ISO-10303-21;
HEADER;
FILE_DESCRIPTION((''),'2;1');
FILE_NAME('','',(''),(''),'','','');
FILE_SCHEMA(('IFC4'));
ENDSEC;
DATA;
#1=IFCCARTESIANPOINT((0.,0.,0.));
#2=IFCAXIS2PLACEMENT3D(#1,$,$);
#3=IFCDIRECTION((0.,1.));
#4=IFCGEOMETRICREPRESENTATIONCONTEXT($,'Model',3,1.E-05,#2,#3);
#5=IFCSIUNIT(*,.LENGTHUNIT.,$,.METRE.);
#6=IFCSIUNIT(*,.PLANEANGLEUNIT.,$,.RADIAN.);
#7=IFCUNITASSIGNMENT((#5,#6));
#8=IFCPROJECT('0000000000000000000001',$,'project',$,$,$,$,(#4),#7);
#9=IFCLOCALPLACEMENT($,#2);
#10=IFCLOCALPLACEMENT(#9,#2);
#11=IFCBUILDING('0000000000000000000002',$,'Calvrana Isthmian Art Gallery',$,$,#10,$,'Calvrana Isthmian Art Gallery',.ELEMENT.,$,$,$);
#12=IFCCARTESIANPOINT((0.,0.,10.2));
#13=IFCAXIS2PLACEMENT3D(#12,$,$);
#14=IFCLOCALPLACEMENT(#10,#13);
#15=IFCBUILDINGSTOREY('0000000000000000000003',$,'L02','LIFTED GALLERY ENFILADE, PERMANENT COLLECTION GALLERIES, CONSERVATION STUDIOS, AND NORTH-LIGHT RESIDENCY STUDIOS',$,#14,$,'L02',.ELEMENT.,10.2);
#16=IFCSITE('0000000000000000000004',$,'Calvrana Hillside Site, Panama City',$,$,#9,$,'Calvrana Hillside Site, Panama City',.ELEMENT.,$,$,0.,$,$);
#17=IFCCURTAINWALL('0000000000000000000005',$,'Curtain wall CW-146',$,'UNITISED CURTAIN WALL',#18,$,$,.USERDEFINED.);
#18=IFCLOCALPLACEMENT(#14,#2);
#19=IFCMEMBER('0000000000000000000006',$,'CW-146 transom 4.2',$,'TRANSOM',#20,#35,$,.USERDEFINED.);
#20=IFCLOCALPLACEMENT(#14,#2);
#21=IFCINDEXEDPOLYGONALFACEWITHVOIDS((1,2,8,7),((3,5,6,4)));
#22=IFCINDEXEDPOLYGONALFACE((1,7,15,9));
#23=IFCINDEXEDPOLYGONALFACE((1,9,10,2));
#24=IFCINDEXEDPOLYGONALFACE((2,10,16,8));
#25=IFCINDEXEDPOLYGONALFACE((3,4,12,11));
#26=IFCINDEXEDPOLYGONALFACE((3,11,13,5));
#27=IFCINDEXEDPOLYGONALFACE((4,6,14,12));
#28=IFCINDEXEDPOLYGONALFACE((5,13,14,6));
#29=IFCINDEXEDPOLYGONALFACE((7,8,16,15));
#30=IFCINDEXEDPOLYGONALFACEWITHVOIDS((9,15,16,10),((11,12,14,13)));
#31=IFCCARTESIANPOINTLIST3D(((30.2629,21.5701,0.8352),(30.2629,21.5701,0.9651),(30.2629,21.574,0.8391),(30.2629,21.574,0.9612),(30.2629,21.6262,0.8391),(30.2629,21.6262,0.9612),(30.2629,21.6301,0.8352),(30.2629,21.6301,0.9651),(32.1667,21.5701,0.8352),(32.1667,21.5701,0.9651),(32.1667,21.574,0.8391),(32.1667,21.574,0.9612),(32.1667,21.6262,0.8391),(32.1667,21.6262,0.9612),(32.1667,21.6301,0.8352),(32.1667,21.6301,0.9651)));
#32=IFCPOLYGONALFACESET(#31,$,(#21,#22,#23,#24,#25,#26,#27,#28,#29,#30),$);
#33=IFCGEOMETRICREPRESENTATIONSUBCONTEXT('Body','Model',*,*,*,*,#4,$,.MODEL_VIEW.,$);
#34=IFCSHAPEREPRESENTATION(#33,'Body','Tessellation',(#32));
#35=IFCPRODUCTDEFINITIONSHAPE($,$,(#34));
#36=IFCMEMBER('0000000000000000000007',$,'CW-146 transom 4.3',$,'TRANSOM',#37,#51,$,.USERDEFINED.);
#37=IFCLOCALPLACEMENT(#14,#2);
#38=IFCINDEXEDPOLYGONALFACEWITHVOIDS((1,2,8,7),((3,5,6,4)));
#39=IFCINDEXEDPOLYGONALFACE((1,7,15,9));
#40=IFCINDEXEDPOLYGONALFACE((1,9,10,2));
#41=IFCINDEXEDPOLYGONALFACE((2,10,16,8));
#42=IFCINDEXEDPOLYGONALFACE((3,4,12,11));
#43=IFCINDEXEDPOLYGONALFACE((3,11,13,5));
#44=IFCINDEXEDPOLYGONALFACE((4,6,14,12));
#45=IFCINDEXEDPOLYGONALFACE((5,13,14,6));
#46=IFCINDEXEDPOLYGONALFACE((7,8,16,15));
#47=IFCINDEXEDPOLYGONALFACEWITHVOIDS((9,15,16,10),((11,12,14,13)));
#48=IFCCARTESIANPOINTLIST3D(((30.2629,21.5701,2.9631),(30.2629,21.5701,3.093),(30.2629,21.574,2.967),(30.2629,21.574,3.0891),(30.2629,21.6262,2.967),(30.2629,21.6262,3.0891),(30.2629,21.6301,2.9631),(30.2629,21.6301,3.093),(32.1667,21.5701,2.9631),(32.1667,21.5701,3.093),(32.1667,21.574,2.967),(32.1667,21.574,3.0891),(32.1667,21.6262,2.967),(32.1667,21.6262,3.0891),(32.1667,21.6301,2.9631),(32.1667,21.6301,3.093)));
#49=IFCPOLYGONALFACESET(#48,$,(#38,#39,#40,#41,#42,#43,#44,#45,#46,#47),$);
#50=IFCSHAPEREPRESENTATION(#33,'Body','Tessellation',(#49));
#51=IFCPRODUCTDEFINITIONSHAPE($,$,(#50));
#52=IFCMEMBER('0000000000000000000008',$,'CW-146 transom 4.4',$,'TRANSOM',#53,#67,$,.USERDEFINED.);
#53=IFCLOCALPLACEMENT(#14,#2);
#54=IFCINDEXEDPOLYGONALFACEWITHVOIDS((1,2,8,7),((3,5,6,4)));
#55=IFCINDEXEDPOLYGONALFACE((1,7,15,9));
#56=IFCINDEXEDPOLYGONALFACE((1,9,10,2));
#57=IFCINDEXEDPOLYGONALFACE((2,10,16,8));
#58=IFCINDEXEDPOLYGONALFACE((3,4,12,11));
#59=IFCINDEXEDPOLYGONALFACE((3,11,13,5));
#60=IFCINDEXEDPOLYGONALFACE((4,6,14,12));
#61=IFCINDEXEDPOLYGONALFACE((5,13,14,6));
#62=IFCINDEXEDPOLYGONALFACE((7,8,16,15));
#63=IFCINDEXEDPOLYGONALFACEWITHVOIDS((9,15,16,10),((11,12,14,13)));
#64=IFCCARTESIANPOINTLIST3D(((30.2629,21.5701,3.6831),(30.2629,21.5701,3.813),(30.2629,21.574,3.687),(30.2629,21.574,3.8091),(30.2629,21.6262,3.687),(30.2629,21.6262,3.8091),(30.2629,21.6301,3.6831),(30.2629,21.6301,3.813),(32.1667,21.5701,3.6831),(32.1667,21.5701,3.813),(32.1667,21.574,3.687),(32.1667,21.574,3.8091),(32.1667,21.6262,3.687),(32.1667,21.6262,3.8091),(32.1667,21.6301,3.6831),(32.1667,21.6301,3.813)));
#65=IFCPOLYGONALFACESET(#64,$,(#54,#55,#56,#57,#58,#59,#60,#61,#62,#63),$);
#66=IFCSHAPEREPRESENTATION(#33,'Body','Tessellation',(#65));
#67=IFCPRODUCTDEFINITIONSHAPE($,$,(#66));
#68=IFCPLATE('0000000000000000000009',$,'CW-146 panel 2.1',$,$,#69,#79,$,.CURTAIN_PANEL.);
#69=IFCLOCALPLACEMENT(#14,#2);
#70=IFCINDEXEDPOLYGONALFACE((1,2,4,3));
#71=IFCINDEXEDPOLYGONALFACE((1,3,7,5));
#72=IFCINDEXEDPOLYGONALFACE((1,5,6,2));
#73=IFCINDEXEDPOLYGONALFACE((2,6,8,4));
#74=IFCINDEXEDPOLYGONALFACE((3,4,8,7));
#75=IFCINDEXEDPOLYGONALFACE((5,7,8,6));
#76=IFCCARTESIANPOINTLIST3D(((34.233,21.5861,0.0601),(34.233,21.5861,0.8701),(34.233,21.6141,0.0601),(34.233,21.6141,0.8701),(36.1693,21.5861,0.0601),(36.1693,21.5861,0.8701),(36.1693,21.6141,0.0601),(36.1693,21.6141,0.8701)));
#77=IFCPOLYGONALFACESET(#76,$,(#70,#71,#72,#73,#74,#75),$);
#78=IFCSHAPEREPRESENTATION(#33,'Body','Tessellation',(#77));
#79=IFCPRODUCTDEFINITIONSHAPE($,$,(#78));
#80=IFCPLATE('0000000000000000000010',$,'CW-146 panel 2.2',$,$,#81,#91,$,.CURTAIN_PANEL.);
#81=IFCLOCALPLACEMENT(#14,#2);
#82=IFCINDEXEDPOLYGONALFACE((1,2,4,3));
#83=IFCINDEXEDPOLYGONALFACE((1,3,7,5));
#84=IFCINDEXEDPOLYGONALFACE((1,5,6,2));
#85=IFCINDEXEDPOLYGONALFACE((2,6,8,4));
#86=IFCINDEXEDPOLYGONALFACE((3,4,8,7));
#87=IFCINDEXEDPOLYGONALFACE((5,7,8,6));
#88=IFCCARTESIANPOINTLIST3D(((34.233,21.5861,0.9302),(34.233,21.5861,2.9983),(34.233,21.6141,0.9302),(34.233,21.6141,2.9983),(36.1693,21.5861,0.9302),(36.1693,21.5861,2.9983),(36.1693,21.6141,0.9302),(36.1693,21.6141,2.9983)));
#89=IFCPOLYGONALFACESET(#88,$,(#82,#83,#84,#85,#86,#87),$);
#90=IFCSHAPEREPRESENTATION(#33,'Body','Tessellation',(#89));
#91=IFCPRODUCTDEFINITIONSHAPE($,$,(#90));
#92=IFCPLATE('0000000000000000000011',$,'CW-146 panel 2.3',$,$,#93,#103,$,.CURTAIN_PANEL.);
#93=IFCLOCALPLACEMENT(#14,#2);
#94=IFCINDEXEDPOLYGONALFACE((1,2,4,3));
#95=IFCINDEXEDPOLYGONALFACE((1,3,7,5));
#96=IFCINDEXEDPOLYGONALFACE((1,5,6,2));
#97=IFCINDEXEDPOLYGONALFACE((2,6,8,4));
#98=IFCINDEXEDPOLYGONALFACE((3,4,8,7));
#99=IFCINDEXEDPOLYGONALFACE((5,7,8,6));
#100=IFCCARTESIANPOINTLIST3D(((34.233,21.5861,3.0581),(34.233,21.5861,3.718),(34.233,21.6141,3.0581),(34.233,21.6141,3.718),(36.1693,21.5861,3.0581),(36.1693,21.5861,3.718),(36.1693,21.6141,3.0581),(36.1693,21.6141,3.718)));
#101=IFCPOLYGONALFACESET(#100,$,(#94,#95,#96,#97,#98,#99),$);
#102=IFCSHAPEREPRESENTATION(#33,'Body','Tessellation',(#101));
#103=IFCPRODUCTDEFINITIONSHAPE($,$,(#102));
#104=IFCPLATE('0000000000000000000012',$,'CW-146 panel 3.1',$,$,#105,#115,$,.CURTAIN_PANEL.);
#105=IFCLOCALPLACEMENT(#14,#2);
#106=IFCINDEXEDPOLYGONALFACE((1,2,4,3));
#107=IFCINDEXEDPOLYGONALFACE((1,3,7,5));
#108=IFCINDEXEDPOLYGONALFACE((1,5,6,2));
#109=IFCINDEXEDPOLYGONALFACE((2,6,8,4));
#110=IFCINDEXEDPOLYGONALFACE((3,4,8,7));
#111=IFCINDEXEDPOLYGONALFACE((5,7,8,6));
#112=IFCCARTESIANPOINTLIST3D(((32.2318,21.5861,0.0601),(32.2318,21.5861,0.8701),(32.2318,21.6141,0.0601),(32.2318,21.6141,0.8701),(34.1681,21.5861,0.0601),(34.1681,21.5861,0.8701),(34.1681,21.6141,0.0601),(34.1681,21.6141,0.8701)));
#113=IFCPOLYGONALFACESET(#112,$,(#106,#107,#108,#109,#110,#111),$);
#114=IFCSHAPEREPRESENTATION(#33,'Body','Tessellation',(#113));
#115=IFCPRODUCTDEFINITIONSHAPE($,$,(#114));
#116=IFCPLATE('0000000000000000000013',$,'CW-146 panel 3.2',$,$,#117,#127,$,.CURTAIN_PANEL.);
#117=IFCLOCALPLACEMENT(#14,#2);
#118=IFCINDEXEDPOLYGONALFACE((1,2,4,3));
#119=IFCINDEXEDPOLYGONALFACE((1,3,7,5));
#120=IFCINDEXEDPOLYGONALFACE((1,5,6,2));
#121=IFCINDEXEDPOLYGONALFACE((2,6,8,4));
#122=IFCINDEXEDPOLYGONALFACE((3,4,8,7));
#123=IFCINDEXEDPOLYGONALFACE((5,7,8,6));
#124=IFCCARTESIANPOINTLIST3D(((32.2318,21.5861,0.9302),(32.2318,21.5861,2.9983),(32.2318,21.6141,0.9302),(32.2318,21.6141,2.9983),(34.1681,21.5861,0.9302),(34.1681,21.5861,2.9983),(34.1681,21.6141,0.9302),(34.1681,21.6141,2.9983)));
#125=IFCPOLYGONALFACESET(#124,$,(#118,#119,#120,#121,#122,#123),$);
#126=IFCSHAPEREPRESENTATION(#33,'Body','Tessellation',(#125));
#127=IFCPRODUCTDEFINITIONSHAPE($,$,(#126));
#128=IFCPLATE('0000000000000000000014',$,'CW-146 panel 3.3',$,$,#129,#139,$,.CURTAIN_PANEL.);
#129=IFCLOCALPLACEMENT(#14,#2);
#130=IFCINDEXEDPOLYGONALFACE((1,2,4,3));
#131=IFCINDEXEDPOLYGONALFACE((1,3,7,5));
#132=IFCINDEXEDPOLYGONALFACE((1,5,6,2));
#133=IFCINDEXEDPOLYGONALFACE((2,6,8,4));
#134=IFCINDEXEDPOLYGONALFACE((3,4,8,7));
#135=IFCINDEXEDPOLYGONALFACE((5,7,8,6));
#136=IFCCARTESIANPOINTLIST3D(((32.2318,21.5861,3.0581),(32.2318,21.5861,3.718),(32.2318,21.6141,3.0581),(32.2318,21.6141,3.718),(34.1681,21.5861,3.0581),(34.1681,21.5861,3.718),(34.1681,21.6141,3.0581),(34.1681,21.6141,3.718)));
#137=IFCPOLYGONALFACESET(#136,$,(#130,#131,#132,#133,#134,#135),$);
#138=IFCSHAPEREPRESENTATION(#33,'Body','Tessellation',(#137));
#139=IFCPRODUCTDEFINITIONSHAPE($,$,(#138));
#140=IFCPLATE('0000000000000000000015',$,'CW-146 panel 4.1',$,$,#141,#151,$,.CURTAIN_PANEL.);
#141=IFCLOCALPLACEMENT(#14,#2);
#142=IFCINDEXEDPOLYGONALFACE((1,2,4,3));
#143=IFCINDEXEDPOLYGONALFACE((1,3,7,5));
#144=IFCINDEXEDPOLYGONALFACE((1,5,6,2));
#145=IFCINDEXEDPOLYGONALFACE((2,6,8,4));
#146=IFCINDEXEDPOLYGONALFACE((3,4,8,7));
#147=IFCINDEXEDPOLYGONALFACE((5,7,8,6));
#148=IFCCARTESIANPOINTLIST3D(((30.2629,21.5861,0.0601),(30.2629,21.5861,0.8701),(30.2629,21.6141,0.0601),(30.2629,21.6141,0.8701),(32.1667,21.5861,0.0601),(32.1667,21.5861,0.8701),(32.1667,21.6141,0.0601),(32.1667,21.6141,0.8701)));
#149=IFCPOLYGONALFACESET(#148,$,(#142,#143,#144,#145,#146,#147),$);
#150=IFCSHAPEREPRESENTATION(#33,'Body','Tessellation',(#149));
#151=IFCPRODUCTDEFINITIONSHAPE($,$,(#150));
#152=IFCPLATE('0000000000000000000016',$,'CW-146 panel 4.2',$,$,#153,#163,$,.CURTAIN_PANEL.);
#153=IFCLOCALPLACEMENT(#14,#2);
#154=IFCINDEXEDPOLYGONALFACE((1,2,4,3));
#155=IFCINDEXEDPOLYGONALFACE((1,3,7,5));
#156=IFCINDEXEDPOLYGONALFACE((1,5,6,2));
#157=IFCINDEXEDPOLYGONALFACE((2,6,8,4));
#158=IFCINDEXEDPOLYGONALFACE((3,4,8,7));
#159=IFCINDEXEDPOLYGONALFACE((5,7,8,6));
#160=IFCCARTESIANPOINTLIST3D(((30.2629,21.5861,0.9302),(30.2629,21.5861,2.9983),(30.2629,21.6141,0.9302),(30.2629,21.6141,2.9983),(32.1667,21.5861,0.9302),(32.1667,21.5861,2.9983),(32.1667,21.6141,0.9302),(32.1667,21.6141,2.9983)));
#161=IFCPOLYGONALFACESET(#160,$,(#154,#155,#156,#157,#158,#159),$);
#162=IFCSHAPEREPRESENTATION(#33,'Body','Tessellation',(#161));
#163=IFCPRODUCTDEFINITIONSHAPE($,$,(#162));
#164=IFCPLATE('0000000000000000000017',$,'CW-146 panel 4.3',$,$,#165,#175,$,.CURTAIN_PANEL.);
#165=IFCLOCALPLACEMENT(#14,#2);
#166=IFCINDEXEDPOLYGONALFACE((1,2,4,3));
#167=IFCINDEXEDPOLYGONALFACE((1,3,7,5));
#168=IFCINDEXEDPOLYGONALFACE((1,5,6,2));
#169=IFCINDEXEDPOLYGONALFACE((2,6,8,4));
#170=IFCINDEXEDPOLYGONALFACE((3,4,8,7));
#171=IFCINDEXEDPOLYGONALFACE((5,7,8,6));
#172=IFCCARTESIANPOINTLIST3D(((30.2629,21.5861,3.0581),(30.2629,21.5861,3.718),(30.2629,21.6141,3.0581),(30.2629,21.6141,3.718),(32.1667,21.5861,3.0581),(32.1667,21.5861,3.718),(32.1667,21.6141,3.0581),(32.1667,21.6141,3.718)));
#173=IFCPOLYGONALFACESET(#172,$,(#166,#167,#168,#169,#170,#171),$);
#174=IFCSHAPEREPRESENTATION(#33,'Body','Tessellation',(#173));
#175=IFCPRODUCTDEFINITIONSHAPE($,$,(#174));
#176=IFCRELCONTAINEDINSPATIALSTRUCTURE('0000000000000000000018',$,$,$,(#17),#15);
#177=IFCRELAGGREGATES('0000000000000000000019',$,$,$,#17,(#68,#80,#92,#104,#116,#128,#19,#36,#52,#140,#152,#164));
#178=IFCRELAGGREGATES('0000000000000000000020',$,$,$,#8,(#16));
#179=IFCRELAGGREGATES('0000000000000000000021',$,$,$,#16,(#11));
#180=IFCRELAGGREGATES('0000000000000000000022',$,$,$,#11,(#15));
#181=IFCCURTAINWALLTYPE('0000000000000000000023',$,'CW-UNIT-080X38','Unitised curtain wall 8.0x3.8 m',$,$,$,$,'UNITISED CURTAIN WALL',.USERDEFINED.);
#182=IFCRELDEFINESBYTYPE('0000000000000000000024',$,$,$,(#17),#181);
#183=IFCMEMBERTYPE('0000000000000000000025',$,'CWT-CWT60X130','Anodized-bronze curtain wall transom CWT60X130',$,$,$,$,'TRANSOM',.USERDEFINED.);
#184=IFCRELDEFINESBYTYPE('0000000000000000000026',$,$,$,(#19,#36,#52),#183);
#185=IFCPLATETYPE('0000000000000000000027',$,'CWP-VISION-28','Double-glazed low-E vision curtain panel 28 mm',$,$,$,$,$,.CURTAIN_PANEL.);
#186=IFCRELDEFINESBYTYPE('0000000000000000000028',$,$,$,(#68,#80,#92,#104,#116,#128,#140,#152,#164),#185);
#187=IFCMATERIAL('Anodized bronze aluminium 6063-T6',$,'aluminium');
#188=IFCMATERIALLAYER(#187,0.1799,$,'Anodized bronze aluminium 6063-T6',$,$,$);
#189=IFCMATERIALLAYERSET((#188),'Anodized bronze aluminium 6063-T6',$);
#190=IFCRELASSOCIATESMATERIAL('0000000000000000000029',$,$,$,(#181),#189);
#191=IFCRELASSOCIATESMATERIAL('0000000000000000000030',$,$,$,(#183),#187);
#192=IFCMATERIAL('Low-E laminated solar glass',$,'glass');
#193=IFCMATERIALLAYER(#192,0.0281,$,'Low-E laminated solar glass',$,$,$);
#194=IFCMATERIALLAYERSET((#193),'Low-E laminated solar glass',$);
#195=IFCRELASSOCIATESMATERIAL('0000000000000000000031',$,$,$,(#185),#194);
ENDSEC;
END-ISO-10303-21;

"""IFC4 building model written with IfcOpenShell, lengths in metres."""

from ifc_helpers import new_model, si_unit, direction, frame, origin, origin_2d, place, context, subcontext, project, spatial, rectangle, hollow_rectangle, extrude, material, layer, layer_set, material_profile, profile_set, type_object, element, aggregate, save


model = new_model("IFC4")

# Units and contexts
model_context = context("Model", 3, precision=1e-05, world=origin(), true_north=direction((0.0, 1.0)))
body_context = subcontext(model_context, "Body", "Model", "MODEL_VIEW")
ifc_project = project(units=[si_unit("LENGTHUNIT", "METRE"), si_unit("PLANEANGLEUNIT", "RADIAN")], contexts=[model_context])

# Site, building, storey
site_placement = place(None, origin())
site = spatial("IfcSite", under=ifc_project, at=site_placement, Name="Calvrana Hillside Site, Panama City", LongName="Calvrana Hillside Site, Panama City", CompositionType="ELEMENT", RefElevation=0.0)
building_placement = place(site_placement, origin())
building = spatial("IfcBuilding", under=site, at=building_placement, Name="Calvrana Isthmian Art Gallery", LongName="Calvrana Isthmian Art Gallery", CompositionType="ELEMENT")
storey_placement = place(building_placement, frame((0.0, 0.0, 10.2)))
storey = spatial("IfcBuildingStorey", under=building, at=storey_placement, Name="L02", Description="LIFTED GALLERY ENFILADE, PERMANENT COLLECTION GALLERIES, CONSERVATION STUDIOS, AND NORTH-LIGHT RESIDENCY STUDIOS", LongName="L02", CompositionType="ELEMENT", Elevation=10.2)

# Curtain wall, members, plates
ifc_material_1 = material(Name="Anodized bronze aluminium 6063-T6", Category="aluminium")
ifc_layer_1 = layer(ifc_material_1, 0.1799, Name="Anodized bronze aluminium 6063-T6")
ifc_layer_set_1 = layer_set([ifc_layer_1], Name="Anodized bronze aluminium 6063-T6")
curtain_wall_type = type_object("IfcCurtainWallType", Name="CW-UNIT-080X38", Description="Unitised curtain wall 8.0x3.8 m", ElementType="UNITISED CURTAIN WALL", PredefinedType="USERDEFINED", material=ifc_layer_set_1)
curtain_wall_placement = place(storey_placement, origin())
curtain_wall = element("IfcCurtainWall", 1, at=curtain_wall_placement, inside=storey, type_object=curtain_wall_type, Name="Curtain wall CW-146", ObjectType="UNITISED CURTAIN WALL", PredefinedType="USERDEFINED")
ifc_material_profile_1 = material_profile(ifc_material_1, hollow_rectangle(XDim=0.0601, YDim=0.1299, WallThickness=0.0039, at=origin_2d()), Name="CWT60X130")
ifc_profile_set_1 = profile_set([ifc_material_profile_1], Name="Anodized bronze aluminium 6063-T6")
member_type_1 = type_object("IfcMemberType", Name="CWT-CWT60X130", Description="Anodized-bronze curtain wall transom CWT60X130", ElementType="TRANSOM", PredefinedType="USERDEFINED", material=ifc_profile_set_1)
member_1_placement = place(storey_placement, frame((32.1667, 21.6001, 0.9001), z_axis=(-1.0, 0.0, 0.0), x_axis=(0.0, -1.0, 0.0)))
member_1 = element("IfcMember", 2, at=member_1_placement, type_object=member_type_1, Name="CW-146 transom 4.2", ObjectType="TRANSOM", PredefinedType="USERDEFINED", context=body_context, shape_type="SweptSolid", body=[
    extrude(hollow_rectangle(XDim=0.0601, YDim=0.1299, WallThickness=0.0039, at=origin_2d()), origin(), (0.0, 0.0, 1.0), 1.9038),
])
member_2_placement = place(storey_placement, frame((32.1667, 21.6001, 3.0281), z_axis=(-1.0, 0.0, 0.0), x_axis=(0.0, -1.0, 0.0)))
member_2 = element("IfcMember", 3, at=member_2_placement, type_object=member_type_1, Name="CW-146 transom 4.3", ObjectType="TRANSOM", PredefinedType="USERDEFINED", context=body_context, shape_type="SweptSolid", body=[
    extrude(hollow_rectangle(XDim=0.0601, YDim=0.1299, WallThickness=0.0039, at=origin_2d()), origin(), (0.0, 0.0, 1.0), 1.9038),
])
member_3_placement = place(storey_placement, frame((32.1667, 21.6001, 3.748), z_axis=(-1.0, 0.0, 0.0), x_axis=(0.0, -1.0, 0.0)))
member_3 = element("IfcMember", 4, at=member_3_placement, type_object=member_type_1, Name="CW-146 transom 4.4", ObjectType="TRANSOM", PredefinedType="USERDEFINED", context=body_context, shape_type="SweptSolid", body=[
    extrude(hollow_rectangle(XDim=0.0601, YDim=0.1299, WallThickness=0.0039, at=origin_2d()), origin(), (0.0, 0.0, 1.0), 1.9038),
])
ifc_material_2 = material(Name="Low-E laminated solar glass", Category="glass")
ifc_layer_2 = layer(ifc_material_2, 0.0281, Name="Low-E laminated solar glass")
ifc_layer_set_2 = layer_set([ifc_layer_2], Name="Low-E laminated solar glass")
plate_type = type_object("IfcPlateType", Name="CWP-VISION-28", Description="Double-glazed low-E vision curtain panel 28 mm", PredefinedType="CURTAIN_PANEL", material=ifc_layer_set_2)
plate_1_placement = place(storey_placement, frame((35.2012, 21.6001, 0.0601), z_axis=(0.0, 0.0, 1.0), x_axis=(-1.0, 0.0, 0.0)))
plate_1 = element("IfcPlate", 5, at=plate_1_placement, type_object=plate_type, Name="CW-146 panel 2.1", PredefinedType="CURTAIN_PANEL", context=body_context, shape_type="SweptSolid", body=[
    extrude(rectangle(XDim=1.9363, YDim=0.0281, at=origin_2d()), origin(), (0.0, 0.0, 1.0), 0.8101),
])
plate_2_placement = place(storey_placement, frame((35.2012, 21.6001, 0.9302), z_axis=(0.0, 0.0, 1.0), x_axis=(-1.0, 0.0, 0.0)))
plate_2 = element("IfcPlate", 6, at=plate_2_placement, type_object=plate_type, Name="CW-146 panel 2.2", PredefinedType="CURTAIN_PANEL", context=body_context, shape_type="SweptSolid", body=[
    extrude(rectangle(XDim=1.9363, YDim=0.0281, at=origin_2d()), origin(), (0.0, 0.0, 1.0), 2.0681),
])
plate_3_placement = place(storey_placement, frame((35.2012, 21.6001, 3.0581), z_axis=(0.0, 0.0, 1.0), x_axis=(-1.0, 0.0, 0.0)))
plate_3 = element("IfcPlate", 7, at=plate_3_placement, type_object=plate_type, Name="CW-146 panel 2.3", PredefinedType="CURTAIN_PANEL", context=body_context, shape_type="SweptSolid", body=[
    extrude(rectangle(XDim=1.9363, YDim=0.0281, at=origin_2d()), origin(), (0.0, 0.0, 1.0), 0.6599),
])
plate_4_placement = place(storey_placement, frame((33.2, 21.6001, 0.0601), z_axis=(0.0, 0.0, 1.0), x_axis=(-1.0, 0.0, 0.0)))
plate_4 = element("IfcPlate", 8, at=plate_4_placement, type_object=plate_type, Name="CW-146 panel 3.1", PredefinedType="CURTAIN_PANEL", context=body_context, shape_type="SweptSolid", body=[
    extrude(rectangle(XDim=1.9363, YDim=0.0281, at=origin_2d()), origin(), (0.0, 0.0, 1.0), 0.8101),
])
plate_5_placement = place(storey_placement, frame((33.2, 21.6001, 0.9302), z_axis=(0.0, 0.0, 1.0), x_axis=(-1.0, 0.0, 0.0)))
plate_5 = element("IfcPlate", 9, at=plate_5_placement, type_object=plate_type, Name="CW-146 panel 3.2", PredefinedType="CURTAIN_PANEL", context=body_context, shape_type="SweptSolid", body=[
    extrude(rectangle(XDim=1.9363, YDim=0.0281, at=origin_2d()), origin(), (0.0, 0.0, 1.0), 2.0681),
])
plate_6_placement = place(storey_placement, frame((33.2, 21.6001, 3.0581), z_axis=(0.0, 0.0, 1.0), x_axis=(-1.0, 0.0, 0.0)))
plate_6 = element("IfcPlate", 10, at=plate_6_placement, type_object=plate_type, Name="CW-146 panel 3.3", PredefinedType="CURTAIN_PANEL", context=body_context, shape_type="SweptSolid", body=[
    extrude(rectangle(XDim=1.9363, YDim=0.0281, at=origin_2d()), origin(), (0.0, 0.0, 1.0), 0.6599),
])
plate_7_placement = place(storey_placement, frame((31.2148, 21.6001, 0.0601), z_axis=(0.0, 0.0, 1.0), x_axis=(-1.0, 0.0, 0.0)))
plate_7 = element("IfcPlate", 11, at=plate_7_placement, type_object=plate_type, Name="CW-146 panel 4.1", PredefinedType="CURTAIN_PANEL", context=body_context, shape_type="SweptSolid", body=[
    extrude(rectangle(XDim=1.9038, YDim=0.0281, at=origin_2d()), origin(), (0.0, 0.0, 1.0), 0.8101),
])
plate_8_placement = place(storey_placement, frame((31.2148, 21.6001, 0.9302), z_axis=(0.0, 0.0, 1.0), x_axis=(-1.0, 0.0, 0.0)))
plate_8 = element("IfcPlate", 12, at=plate_8_placement, type_object=plate_type, Name="CW-146 panel 4.2", PredefinedType="CURTAIN_PANEL", context=body_context, shape_type="SweptSolid", body=[
    extrude(rectangle(XDim=1.9038, YDim=0.0281, at=origin_2d()), origin(), (0.0, 0.0, 1.0), 2.0681),
])
plate_9_placement = place(storey_placement, frame((31.2148, 21.6001, 3.0581), z_axis=(0.0, 0.0, 1.0), x_axis=(-1.0, 0.0, 0.0)))
plate_9 = element("IfcPlate", 13, at=plate_9_placement, type_object=plate_type, Name="CW-146 panel 4.3", PredefinedType="CURTAIN_PANEL", context=body_context, shape_type="SweptSolid", body=[
    extrude(rectangle(XDim=1.9038, YDim=0.0281, at=origin_2d()), origin(), (0.0, 0.0, 1.0), 0.6599),
])
aggregate(curtain_wall, [plate_1, plate_2, plate_3, plate_4, plate_5, plate_6, member_1, member_2, member_3, plate_7, plate_8, plate_9])

save(model, "model.ifc")
